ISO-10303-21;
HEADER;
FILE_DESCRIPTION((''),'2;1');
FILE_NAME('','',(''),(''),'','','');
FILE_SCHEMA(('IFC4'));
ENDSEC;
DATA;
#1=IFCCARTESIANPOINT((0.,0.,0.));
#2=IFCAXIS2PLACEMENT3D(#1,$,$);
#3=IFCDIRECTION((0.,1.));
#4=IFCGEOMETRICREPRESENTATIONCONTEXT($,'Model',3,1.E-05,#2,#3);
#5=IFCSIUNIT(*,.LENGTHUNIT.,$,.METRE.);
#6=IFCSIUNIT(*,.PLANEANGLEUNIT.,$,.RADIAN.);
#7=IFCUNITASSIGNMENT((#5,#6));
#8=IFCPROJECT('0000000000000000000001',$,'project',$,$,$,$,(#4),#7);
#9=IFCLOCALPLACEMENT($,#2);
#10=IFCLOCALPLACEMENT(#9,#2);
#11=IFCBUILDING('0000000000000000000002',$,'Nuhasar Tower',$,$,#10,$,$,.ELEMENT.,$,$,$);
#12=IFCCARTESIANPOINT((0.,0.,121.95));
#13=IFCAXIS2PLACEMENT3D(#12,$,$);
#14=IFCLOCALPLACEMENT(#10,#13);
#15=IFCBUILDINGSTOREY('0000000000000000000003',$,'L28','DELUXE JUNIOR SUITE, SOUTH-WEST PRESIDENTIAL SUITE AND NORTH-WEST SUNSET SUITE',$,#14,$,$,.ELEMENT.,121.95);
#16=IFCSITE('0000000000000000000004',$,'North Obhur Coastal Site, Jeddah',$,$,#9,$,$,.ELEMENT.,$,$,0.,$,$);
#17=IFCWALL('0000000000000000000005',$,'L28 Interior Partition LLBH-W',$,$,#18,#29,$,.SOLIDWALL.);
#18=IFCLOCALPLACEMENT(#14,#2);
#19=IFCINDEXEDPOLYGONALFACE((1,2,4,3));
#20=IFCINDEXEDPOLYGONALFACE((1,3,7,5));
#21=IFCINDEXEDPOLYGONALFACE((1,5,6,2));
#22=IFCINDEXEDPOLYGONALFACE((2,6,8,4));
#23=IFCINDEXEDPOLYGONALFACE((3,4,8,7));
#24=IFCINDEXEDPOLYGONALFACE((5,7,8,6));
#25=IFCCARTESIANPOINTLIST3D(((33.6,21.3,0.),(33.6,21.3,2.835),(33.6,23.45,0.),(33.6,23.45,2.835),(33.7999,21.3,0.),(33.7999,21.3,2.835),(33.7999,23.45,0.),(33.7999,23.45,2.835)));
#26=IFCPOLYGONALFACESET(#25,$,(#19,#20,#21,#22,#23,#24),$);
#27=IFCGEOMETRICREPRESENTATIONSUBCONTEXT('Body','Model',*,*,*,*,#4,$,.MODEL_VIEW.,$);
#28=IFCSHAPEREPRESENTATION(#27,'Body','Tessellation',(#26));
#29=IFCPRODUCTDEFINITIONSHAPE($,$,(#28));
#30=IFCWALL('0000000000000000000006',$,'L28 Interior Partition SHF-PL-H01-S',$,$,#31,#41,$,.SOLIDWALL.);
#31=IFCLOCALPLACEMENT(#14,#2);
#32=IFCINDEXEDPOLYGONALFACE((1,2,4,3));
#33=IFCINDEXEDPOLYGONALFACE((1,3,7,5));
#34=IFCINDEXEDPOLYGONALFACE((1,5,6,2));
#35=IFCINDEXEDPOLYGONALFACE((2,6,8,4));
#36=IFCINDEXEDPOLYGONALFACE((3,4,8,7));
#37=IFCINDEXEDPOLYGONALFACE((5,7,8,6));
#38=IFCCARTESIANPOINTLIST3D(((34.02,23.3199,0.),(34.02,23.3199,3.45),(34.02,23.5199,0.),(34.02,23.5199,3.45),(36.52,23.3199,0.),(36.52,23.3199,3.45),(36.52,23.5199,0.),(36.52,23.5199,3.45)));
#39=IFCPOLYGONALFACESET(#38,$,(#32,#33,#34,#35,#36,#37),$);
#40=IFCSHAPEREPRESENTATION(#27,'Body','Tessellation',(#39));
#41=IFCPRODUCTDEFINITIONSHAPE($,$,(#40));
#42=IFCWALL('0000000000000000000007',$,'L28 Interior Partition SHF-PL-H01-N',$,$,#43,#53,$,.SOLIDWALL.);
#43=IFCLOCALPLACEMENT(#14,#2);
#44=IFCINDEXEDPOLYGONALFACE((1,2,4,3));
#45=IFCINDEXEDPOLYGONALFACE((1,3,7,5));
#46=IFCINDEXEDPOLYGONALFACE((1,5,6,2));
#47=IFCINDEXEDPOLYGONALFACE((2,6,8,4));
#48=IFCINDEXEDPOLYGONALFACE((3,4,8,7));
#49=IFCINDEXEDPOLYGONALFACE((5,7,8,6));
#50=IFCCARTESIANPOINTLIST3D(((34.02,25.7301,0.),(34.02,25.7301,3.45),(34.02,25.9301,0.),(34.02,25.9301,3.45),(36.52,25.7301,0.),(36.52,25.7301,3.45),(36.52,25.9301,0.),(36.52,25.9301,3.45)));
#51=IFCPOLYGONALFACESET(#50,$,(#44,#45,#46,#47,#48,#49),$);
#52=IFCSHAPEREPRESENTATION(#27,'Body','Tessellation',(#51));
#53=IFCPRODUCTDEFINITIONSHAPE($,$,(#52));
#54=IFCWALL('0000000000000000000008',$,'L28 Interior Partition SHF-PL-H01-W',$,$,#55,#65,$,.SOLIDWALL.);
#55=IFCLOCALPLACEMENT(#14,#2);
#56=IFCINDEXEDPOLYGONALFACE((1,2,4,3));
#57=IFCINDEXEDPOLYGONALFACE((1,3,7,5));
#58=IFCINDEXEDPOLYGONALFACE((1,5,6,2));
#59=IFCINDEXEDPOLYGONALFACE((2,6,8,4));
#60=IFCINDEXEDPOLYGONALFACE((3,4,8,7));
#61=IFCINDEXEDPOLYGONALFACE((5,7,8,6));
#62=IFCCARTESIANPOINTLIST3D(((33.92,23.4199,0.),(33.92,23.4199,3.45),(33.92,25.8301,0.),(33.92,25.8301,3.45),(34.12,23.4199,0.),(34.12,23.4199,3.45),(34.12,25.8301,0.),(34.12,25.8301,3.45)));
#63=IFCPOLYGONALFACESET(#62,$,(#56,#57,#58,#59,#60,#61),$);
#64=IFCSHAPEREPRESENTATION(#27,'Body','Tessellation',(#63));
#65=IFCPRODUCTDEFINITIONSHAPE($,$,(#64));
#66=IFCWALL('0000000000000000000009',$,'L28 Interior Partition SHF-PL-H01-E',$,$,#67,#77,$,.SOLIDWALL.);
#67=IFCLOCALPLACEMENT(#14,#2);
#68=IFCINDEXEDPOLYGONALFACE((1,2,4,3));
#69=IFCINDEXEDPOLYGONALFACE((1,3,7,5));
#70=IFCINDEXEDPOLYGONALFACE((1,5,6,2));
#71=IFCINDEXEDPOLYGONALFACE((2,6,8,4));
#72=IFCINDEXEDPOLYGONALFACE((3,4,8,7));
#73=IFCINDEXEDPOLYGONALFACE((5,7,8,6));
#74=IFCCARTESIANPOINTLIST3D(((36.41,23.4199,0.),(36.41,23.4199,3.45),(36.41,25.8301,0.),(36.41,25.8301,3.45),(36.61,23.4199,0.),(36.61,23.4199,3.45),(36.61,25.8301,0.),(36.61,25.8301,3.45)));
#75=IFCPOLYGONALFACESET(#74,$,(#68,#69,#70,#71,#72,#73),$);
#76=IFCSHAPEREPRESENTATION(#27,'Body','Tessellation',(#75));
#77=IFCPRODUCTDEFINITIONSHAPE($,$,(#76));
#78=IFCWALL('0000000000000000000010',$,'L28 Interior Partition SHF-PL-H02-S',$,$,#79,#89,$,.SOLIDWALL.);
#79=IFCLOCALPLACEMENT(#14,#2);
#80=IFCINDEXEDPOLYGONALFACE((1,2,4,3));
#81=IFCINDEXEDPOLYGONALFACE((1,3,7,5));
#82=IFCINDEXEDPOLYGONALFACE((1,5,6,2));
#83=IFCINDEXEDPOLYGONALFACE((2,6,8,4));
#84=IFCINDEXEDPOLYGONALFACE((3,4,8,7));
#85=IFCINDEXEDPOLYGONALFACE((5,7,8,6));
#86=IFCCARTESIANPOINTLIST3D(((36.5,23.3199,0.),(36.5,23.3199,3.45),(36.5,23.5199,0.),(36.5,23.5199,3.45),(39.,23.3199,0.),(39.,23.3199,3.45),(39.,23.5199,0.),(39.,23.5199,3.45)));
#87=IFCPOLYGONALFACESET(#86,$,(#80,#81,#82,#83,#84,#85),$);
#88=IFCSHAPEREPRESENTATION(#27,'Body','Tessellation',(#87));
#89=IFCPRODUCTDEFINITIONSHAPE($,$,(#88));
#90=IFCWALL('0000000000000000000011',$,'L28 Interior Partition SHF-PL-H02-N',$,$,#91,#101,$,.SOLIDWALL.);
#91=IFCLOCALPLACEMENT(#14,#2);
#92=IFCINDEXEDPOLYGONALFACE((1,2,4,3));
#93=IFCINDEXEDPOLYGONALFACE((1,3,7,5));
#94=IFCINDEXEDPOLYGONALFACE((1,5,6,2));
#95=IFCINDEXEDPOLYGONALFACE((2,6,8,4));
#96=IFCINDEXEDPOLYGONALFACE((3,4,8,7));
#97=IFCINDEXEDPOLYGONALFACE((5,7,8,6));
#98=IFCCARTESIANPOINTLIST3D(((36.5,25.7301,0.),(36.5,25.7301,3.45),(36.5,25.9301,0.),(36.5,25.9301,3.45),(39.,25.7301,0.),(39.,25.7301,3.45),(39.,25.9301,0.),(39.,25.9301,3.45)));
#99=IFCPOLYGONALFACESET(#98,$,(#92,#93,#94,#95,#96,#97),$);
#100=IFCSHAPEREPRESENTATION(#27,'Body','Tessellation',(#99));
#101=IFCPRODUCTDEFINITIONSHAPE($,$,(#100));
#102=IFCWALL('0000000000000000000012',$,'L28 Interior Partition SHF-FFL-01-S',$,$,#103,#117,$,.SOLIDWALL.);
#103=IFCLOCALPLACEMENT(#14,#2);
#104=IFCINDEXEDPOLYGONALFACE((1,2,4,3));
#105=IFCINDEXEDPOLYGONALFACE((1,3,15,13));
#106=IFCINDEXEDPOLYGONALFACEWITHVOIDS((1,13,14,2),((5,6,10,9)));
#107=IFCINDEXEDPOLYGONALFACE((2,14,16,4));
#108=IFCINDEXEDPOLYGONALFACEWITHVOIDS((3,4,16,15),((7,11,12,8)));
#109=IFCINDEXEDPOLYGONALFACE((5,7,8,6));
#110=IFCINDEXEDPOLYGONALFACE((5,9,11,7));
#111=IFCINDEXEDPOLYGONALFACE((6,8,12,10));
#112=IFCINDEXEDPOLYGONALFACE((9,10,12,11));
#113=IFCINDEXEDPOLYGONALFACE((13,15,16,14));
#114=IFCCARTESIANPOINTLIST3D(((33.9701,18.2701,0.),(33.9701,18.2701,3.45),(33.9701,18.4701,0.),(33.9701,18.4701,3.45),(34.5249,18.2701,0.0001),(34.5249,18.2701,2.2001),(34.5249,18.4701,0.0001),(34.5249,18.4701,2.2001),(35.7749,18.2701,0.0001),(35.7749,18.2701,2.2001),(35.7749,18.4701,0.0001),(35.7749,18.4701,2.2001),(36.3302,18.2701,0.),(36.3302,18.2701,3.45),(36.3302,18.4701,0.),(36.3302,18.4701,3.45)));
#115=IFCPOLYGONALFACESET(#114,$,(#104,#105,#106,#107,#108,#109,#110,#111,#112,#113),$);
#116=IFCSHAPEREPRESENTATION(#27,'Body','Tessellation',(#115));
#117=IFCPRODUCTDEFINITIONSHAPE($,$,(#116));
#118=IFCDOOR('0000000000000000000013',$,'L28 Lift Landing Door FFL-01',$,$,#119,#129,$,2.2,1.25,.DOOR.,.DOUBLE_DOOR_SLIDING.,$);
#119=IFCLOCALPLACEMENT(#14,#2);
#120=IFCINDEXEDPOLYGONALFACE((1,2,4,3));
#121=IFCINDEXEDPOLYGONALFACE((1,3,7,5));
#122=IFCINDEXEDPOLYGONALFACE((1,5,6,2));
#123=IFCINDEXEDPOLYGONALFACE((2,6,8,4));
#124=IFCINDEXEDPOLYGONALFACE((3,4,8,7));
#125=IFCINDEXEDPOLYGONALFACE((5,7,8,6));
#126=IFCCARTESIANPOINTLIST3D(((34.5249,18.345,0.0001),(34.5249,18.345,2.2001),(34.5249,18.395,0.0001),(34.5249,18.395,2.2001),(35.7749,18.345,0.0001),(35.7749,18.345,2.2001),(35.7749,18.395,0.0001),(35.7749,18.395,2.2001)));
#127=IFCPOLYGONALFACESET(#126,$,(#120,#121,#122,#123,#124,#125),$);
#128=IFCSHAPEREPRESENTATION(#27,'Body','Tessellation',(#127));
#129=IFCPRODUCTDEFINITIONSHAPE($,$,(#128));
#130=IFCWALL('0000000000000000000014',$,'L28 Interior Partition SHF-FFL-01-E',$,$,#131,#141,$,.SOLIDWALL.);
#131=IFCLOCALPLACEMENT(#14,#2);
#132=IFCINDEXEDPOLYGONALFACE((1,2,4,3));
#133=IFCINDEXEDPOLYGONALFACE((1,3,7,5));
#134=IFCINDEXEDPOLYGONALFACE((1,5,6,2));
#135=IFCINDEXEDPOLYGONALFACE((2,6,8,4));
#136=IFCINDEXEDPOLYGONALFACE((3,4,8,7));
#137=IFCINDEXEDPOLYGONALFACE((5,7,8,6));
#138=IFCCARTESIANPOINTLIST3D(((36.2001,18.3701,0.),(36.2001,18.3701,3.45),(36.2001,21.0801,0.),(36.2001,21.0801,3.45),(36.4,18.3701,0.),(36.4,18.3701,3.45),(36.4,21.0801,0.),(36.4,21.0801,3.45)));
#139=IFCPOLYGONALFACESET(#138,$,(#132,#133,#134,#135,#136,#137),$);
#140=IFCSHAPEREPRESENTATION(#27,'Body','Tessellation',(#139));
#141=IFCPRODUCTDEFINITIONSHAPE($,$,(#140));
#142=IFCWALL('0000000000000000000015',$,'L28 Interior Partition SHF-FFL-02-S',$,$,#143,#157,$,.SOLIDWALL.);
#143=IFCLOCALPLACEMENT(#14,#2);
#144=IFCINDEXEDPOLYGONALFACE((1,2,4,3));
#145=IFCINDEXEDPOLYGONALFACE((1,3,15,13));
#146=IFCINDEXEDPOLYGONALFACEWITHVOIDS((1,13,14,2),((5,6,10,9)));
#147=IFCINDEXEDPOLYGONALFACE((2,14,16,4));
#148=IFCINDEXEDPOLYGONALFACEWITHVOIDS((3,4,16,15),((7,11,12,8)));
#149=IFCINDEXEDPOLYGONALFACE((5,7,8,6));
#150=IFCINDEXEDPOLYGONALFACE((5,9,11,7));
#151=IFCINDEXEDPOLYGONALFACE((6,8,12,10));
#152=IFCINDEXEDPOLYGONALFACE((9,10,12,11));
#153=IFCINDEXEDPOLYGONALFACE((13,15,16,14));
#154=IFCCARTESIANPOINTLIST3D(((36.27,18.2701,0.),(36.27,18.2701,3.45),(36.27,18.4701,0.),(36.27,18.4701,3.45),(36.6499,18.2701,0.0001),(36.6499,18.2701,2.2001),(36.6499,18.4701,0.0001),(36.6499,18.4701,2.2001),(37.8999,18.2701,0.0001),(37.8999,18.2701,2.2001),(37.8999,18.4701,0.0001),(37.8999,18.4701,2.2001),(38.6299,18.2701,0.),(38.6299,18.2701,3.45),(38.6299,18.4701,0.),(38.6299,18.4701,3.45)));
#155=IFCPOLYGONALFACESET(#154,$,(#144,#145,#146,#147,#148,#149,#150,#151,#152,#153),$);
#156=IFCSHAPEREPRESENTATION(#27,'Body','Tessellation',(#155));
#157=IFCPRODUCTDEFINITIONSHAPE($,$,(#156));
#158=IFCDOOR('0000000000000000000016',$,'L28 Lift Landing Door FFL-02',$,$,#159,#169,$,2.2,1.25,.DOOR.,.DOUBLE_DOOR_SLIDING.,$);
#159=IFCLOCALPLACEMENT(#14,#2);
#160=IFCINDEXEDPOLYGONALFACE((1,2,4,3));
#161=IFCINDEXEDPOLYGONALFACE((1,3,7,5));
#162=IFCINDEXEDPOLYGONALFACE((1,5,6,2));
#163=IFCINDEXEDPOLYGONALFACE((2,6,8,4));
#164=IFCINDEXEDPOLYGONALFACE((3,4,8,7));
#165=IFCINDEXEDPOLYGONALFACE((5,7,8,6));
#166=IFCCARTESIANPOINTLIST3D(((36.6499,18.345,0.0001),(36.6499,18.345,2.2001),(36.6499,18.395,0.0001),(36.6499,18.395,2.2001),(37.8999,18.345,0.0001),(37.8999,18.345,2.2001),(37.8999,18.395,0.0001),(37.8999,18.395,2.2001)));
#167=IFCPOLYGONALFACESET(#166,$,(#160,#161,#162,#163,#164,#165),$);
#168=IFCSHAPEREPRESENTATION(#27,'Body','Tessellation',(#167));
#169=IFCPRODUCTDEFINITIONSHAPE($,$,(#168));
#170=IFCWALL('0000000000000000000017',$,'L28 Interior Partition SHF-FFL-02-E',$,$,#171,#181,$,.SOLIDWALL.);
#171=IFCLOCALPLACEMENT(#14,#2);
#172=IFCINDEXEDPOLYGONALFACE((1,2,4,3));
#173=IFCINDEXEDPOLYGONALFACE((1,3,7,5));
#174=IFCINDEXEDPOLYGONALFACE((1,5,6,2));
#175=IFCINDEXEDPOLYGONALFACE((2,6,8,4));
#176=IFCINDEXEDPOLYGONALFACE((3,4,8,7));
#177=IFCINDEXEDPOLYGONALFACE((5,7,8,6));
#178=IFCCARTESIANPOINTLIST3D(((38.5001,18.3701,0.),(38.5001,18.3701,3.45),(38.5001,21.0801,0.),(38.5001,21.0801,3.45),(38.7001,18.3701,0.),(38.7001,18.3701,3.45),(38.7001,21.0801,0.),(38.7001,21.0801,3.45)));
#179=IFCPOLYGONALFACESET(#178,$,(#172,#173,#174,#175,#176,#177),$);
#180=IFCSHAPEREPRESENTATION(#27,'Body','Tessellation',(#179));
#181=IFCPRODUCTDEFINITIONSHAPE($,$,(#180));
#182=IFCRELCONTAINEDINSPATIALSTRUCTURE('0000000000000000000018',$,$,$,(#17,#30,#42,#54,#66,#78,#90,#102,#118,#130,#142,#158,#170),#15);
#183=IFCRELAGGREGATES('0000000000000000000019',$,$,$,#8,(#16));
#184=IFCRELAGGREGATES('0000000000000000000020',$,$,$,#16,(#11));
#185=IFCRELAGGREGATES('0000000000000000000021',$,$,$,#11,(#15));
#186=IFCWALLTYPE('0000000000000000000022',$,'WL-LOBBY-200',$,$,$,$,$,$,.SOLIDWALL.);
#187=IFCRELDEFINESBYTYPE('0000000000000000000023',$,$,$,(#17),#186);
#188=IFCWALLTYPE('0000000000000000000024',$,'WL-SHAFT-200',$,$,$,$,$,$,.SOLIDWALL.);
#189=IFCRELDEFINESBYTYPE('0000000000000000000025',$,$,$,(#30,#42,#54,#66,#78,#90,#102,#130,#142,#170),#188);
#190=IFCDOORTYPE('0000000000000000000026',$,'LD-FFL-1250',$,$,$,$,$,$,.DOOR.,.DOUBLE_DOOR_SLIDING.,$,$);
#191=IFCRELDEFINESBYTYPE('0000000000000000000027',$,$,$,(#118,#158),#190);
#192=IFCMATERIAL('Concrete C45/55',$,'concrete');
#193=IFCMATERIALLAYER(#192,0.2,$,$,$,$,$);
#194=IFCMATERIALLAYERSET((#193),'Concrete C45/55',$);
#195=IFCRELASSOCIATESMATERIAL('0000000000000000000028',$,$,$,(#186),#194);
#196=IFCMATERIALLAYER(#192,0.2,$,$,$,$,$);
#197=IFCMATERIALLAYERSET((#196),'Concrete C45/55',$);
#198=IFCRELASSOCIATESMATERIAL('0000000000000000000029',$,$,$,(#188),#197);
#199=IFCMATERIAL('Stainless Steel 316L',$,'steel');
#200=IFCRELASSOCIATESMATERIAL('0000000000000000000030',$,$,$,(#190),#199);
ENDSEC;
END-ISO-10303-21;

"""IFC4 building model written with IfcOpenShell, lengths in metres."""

from ifc_helpers import new_model, si_unit, direction, frame, frame_2d, origin, place, context, subcontext, project, spatial, rectangle, extrude, material, layer, layer_set, type_object, element, fill, save


model = new_model("IFC4")

# Units and contexts
model_context = context("Model", 3, precision=1e-05, world=origin(), true_north=direction((0.0, 1.0)))
body_context = subcontext(model_context, "Body", "Model", "MODEL_VIEW")
ifc_project = project(units=[si_unit("LENGTHUNIT", "METRE"), si_unit("PLANEANGLEUNIT", "RADIAN")], contexts=[model_context])

# Site, building, storey
site_placement = place(None, origin())
site = spatial("IfcSite", under=ifc_project, at=site_placement, Name="North Obhur Coastal Site, Jeddah", CompositionType="ELEMENT", RefElevation=0.0)
building_placement = place(site_placement, origin())
building = spatial("IfcBuilding", under=site, at=building_placement, Name="Nuhasar Tower", CompositionType="ELEMENT")
storey_placement = place(building_placement, frame((0.0, 0.0, 121.95)))
storey = spatial("IfcBuildingStorey", under=building, at=storey_placement, Name="L28", Description="DELUXE JUNIOR SUITE, SOUTH-WEST PRESIDENTIAL SUITE AND NORTH-WEST SUNSET SUITE", CompositionType="ELEMENT", Elevation=121.95)

# Walls
ifc_material_1 = material(Name="Concrete C45/55", Category="concrete")
ifc_layer_1 = layer(ifc_material_1, 0.2)
ifc_layer_set_1 = layer_set([ifc_layer_1], Name="Concrete C45/55")
wall_type_1 = type_object("IfcWallType", Name="WL-LOBBY-200", PredefinedType="SOLIDWALL", material=ifc_layer_set_1)
wall_1_placement = place(storey_placement, frame((33.7, 21.3, 0.0), z_axis=(0.0, 0.0, 1.0), x_axis=(0.0, 1.0, 0.0)))
element("IfcWall", 1, at=wall_1_placement, inside=storey, type_object=wall_type_1, Name="L28 Interior Partition LLBH-W", PredefinedType="SOLIDWALL", context=body_context, shape_type="SweptSolid", body=[
    extrude(rectangle(XDim=2.1499, YDim=0.2, at=frame_2d((1.075, 0.0))), origin(), (0.0, 0.0, 1.0), 2.835),
])
ifc_layer_2 = layer(ifc_material_1, 0.2)
ifc_layer_set_2 = layer_set([ifc_layer_2], Name="Concrete C45/55")
wall_type_2 = type_object("IfcWallType", Name="WL-SHAFT-200", PredefinedType="SOLIDWALL", material=ifc_layer_set_2)
for number, where, z_axis, x_axis, name in (
    (2, (34.02, 23.4199, 0.0), (0.0, 0.0, 1.0), (1.0, 0.0, 0.0), "L28 Interior Partition SHF-PL-H01-S"),
    (3, (34.02, 25.8301, 0.0), (0.0, 0.0, 1.0), (1.0, 0.0, 0.0), "L28 Interior Partition SHF-PL-H01-N"),
):
    element("IfcWall", number, at=place(storey_placement, frame(where, z_axis=z_axis, x_axis=x_axis)), inside=storey, type_object=wall_type_2, Name=name, PredefinedType="SOLIDWALL", context=body_context, shape_type="SweptSolid", body=[
        extrude(rectangle(XDim=2.5, YDim=0.2, at=frame_2d((1.25, 0.0))), origin(), (0.0, 0.0, 1.0), 3.45),
    ])
for number, where, z_axis, x_axis, name in (
    (4, (34.02, 23.4199, 0.0), (0.0, 0.0, 1.0), (0.0, 1.0, 0.0), "L28 Interior Partition SHF-PL-H01-W"),
    (5, (36.51, 23.4199, 0.0), (0.0, 0.0, 1.0), (0.0, 1.0, 0.0), "L28 Interior Partition SHF-PL-H01-E"),
):
    element("IfcWall", number, at=place(storey_placement, frame(where, z_axis=z_axis, x_axis=x_axis)), inside=storey, type_object=wall_type_2, Name=name, PredefinedType="SOLIDWALL", context=body_context, shape_type="SweptSolid", body=[
        extrude(rectangle(XDim=2.4102, YDim=0.2, at=frame_2d((1.2051, 0.0))), origin(), (0.0, 0.0, 1.0), 3.45),
    ])
for number, where, z_axis, x_axis, name in (
    (6, (36.5, 23.4199, 0.0), (0.0, 0.0, 1.0), (1.0, 0.0, 0.0), "L28 Interior Partition SHF-PL-H02-S"),
    (7, (36.5, 25.8301, 0.0), (0.0, 0.0, 1.0), (1.0, 0.0, 0.0), "L28 Interior Partition SHF-PL-H02-N"),
):
    element("IfcWall", number, at=place(storey_placement, frame(where, z_axis=z_axis, x_axis=x_axis)), inside=storey, type_object=wall_type_2, Name=name, PredefinedType="SOLIDWALL", context=body_context, shape_type="SweptSolid", body=[
        extrude(rectangle(XDim=2.5, YDim=0.2, at=frame_2d((1.25, 0.0))), origin(), (0.0, 0.0, 1.0), 3.45),
    ])

# Wall, opening, door
wall_2_placement = place(storey_placement, frame((33.97, 18.3701, 0.0), z_axis=(0.0, 0.0, 1.0), x_axis=(1.0, 0.0, 0.0)))
wall_2 = element("IfcWall", 8, at=wall_2_placement, inside=storey, type_object=wall_type_2, Name="L28 Interior Partition SHF-FFL-01-S", PredefinedType="SOLIDWALL", context=body_context, shape_type="SweptSolid", body=[
    extrude(rectangle(XDim=2.3601, YDim=0.2, at=frame_2d((1.1802, 0.0))), origin(), (0.0, 0.0, 1.0), 3.45),
])
opening_1_placement = place(wall_2_placement, frame((0.5549, 0.0, 0.0)))
opening_1 = element("IfcOpeningElement", 9, at=opening_1_placement, cuts=wall_2, PredefinedType="OPENING", context=body_context, shape_type="SweptSolid", body=[
    extrude(rectangle(XDim=1.25, YDim=2.2, at=frame_2d((0.625, 1.1001))), frame((0.0, 0.1099, 0.0), z_axis=(0.0, -1.0, 0.0), x_axis=(1.0, 0.0, 0.0)), (0.0, 0.0, 1.0), 0.22),
])
ifc_material_2 = material(Name="Stainless Steel 316L", Category="steel")
door_type_1 = type_object("IfcDoorType", Name="LD-FFL-1250", OperationType="DOUBLE_DOOR_SLIDING", PredefinedType="DOOR", material=ifc_material_2)
door_1_placement = place(opening_1_placement, origin())
door_1 = element("IfcDoor", 10, at=door_1_placement, inside=storey, type_object=door_type_1, Name="L28 Lift Landing Door FFL-01", OperationType="DOUBLE_DOOR_SLIDING", OverallHeight=2.2, OverallWidth=1.25, PredefinedType="DOOR", context=body_context, shape_type="SweptSolid", body=[
    extrude(rectangle(XDim=1.25, YDim=2.2, at=frame_2d((0.625, 1.1001))), frame((0.0, 0.0249, 0.0), z_axis=(0.0, -1.0, 0.0), x_axis=(1.0, 0.0, 0.0)), (0.0, 0.0, 1.0), 0.05),
])
fill(opening_1, door_1)

# Wall
wall_3_placement = place(storey_placement, frame((36.3, 18.3701, 0.0), z_axis=(0.0, 0.0, 1.0), x_axis=(0.0, 1.0, 0.0)))
element("IfcWall", 11, at=wall_3_placement, inside=storey, type_object=wall_type_2, Name="L28 Interior Partition SHF-FFL-01-E", PredefinedType="SOLIDWALL", context=body_context, shape_type="SweptSolid", body=[
    extrude(rectangle(XDim=2.71, YDim=0.2, at=frame_2d((1.355, 0.0))), origin(), (0.0, 0.0, 1.0), 3.45),
])

# Wall, opening, door
wall_4_placement = place(storey_placement, frame((36.27, 18.3701, 0.0), z_axis=(0.0, 0.0, 1.0), x_axis=(1.0, 0.0, 0.0)))
wall_4 = element("IfcWall", 12, at=wall_4_placement, inside=storey, type_object=wall_type_2, Name="L28 Interior Partition SHF-FFL-02-S", PredefinedType="SOLIDWALL", context=body_context, shape_type="SweptSolid", body=[
    extrude(rectangle(XDim=2.3599, YDim=0.2, at=frame_2d((1.1799, 0.0))), origin(), (0.0, 0.0, 1.0), 3.45),
])
opening_2_placement = place(wall_4_placement, frame((0.3799, 0.0, 0.0)))
opening_2 = element("IfcOpeningElement", 13, at=opening_2_placement, cuts=wall_4, PredefinedType="OPENING", context=body_context, shape_type="SweptSolid", body=[
    extrude(rectangle(XDim=1.25, YDim=2.2, at=frame_2d((0.625, 1.1001))), frame((0.0, 0.1099, 0.0), z_axis=(0.0, -1.0, 0.0), x_axis=(1.0, 0.0, 0.0)), (0.0, 0.0, 1.0), 0.22),
])
door_2_placement = place(opening_2_placement, origin())
door_2 = element("IfcDoor", 14, at=door_2_placement, inside=storey, type_object=door_type_1, Name="L28 Lift Landing Door FFL-02", OperationType="DOUBLE_DOOR_SLIDING", OverallHeight=2.2, OverallWidth=1.25, PredefinedType="DOOR", context=body_context, shape_type="SweptSolid", body=[
    extrude(rectangle(XDim=1.25, YDim=2.2, at=frame_2d((0.625, 1.1001))), frame((0.0, 0.0249, 0.0), z_axis=(0.0, -1.0, 0.0), x_axis=(1.0, 0.0, 0.0)), (0.0, 0.0, 1.0), 0.05),
])
fill(opening_2, door_2)

# Wall
wall_5_placement = place(storey_placement, frame((38.6001, 18.3701, 0.0), z_axis=(0.0, 0.0, 1.0), x_axis=(0.0, 1.0, 0.0)))
element("IfcWall", 15, at=wall_5_placement, inside=storey, type_object=wall_type_2, Name="L28 Interior Partition SHF-FFL-02-E", PredefinedType="SOLIDWALL", context=body_context, shape_type="SweptSolid", body=[
    extrude(rectangle(XDim=2.71, YDim=0.2, at=frame_2d((1.355, 0.0))), origin(), (0.0, 0.0, 1.0), 3.45),
])

save(model, "model.ifc")
